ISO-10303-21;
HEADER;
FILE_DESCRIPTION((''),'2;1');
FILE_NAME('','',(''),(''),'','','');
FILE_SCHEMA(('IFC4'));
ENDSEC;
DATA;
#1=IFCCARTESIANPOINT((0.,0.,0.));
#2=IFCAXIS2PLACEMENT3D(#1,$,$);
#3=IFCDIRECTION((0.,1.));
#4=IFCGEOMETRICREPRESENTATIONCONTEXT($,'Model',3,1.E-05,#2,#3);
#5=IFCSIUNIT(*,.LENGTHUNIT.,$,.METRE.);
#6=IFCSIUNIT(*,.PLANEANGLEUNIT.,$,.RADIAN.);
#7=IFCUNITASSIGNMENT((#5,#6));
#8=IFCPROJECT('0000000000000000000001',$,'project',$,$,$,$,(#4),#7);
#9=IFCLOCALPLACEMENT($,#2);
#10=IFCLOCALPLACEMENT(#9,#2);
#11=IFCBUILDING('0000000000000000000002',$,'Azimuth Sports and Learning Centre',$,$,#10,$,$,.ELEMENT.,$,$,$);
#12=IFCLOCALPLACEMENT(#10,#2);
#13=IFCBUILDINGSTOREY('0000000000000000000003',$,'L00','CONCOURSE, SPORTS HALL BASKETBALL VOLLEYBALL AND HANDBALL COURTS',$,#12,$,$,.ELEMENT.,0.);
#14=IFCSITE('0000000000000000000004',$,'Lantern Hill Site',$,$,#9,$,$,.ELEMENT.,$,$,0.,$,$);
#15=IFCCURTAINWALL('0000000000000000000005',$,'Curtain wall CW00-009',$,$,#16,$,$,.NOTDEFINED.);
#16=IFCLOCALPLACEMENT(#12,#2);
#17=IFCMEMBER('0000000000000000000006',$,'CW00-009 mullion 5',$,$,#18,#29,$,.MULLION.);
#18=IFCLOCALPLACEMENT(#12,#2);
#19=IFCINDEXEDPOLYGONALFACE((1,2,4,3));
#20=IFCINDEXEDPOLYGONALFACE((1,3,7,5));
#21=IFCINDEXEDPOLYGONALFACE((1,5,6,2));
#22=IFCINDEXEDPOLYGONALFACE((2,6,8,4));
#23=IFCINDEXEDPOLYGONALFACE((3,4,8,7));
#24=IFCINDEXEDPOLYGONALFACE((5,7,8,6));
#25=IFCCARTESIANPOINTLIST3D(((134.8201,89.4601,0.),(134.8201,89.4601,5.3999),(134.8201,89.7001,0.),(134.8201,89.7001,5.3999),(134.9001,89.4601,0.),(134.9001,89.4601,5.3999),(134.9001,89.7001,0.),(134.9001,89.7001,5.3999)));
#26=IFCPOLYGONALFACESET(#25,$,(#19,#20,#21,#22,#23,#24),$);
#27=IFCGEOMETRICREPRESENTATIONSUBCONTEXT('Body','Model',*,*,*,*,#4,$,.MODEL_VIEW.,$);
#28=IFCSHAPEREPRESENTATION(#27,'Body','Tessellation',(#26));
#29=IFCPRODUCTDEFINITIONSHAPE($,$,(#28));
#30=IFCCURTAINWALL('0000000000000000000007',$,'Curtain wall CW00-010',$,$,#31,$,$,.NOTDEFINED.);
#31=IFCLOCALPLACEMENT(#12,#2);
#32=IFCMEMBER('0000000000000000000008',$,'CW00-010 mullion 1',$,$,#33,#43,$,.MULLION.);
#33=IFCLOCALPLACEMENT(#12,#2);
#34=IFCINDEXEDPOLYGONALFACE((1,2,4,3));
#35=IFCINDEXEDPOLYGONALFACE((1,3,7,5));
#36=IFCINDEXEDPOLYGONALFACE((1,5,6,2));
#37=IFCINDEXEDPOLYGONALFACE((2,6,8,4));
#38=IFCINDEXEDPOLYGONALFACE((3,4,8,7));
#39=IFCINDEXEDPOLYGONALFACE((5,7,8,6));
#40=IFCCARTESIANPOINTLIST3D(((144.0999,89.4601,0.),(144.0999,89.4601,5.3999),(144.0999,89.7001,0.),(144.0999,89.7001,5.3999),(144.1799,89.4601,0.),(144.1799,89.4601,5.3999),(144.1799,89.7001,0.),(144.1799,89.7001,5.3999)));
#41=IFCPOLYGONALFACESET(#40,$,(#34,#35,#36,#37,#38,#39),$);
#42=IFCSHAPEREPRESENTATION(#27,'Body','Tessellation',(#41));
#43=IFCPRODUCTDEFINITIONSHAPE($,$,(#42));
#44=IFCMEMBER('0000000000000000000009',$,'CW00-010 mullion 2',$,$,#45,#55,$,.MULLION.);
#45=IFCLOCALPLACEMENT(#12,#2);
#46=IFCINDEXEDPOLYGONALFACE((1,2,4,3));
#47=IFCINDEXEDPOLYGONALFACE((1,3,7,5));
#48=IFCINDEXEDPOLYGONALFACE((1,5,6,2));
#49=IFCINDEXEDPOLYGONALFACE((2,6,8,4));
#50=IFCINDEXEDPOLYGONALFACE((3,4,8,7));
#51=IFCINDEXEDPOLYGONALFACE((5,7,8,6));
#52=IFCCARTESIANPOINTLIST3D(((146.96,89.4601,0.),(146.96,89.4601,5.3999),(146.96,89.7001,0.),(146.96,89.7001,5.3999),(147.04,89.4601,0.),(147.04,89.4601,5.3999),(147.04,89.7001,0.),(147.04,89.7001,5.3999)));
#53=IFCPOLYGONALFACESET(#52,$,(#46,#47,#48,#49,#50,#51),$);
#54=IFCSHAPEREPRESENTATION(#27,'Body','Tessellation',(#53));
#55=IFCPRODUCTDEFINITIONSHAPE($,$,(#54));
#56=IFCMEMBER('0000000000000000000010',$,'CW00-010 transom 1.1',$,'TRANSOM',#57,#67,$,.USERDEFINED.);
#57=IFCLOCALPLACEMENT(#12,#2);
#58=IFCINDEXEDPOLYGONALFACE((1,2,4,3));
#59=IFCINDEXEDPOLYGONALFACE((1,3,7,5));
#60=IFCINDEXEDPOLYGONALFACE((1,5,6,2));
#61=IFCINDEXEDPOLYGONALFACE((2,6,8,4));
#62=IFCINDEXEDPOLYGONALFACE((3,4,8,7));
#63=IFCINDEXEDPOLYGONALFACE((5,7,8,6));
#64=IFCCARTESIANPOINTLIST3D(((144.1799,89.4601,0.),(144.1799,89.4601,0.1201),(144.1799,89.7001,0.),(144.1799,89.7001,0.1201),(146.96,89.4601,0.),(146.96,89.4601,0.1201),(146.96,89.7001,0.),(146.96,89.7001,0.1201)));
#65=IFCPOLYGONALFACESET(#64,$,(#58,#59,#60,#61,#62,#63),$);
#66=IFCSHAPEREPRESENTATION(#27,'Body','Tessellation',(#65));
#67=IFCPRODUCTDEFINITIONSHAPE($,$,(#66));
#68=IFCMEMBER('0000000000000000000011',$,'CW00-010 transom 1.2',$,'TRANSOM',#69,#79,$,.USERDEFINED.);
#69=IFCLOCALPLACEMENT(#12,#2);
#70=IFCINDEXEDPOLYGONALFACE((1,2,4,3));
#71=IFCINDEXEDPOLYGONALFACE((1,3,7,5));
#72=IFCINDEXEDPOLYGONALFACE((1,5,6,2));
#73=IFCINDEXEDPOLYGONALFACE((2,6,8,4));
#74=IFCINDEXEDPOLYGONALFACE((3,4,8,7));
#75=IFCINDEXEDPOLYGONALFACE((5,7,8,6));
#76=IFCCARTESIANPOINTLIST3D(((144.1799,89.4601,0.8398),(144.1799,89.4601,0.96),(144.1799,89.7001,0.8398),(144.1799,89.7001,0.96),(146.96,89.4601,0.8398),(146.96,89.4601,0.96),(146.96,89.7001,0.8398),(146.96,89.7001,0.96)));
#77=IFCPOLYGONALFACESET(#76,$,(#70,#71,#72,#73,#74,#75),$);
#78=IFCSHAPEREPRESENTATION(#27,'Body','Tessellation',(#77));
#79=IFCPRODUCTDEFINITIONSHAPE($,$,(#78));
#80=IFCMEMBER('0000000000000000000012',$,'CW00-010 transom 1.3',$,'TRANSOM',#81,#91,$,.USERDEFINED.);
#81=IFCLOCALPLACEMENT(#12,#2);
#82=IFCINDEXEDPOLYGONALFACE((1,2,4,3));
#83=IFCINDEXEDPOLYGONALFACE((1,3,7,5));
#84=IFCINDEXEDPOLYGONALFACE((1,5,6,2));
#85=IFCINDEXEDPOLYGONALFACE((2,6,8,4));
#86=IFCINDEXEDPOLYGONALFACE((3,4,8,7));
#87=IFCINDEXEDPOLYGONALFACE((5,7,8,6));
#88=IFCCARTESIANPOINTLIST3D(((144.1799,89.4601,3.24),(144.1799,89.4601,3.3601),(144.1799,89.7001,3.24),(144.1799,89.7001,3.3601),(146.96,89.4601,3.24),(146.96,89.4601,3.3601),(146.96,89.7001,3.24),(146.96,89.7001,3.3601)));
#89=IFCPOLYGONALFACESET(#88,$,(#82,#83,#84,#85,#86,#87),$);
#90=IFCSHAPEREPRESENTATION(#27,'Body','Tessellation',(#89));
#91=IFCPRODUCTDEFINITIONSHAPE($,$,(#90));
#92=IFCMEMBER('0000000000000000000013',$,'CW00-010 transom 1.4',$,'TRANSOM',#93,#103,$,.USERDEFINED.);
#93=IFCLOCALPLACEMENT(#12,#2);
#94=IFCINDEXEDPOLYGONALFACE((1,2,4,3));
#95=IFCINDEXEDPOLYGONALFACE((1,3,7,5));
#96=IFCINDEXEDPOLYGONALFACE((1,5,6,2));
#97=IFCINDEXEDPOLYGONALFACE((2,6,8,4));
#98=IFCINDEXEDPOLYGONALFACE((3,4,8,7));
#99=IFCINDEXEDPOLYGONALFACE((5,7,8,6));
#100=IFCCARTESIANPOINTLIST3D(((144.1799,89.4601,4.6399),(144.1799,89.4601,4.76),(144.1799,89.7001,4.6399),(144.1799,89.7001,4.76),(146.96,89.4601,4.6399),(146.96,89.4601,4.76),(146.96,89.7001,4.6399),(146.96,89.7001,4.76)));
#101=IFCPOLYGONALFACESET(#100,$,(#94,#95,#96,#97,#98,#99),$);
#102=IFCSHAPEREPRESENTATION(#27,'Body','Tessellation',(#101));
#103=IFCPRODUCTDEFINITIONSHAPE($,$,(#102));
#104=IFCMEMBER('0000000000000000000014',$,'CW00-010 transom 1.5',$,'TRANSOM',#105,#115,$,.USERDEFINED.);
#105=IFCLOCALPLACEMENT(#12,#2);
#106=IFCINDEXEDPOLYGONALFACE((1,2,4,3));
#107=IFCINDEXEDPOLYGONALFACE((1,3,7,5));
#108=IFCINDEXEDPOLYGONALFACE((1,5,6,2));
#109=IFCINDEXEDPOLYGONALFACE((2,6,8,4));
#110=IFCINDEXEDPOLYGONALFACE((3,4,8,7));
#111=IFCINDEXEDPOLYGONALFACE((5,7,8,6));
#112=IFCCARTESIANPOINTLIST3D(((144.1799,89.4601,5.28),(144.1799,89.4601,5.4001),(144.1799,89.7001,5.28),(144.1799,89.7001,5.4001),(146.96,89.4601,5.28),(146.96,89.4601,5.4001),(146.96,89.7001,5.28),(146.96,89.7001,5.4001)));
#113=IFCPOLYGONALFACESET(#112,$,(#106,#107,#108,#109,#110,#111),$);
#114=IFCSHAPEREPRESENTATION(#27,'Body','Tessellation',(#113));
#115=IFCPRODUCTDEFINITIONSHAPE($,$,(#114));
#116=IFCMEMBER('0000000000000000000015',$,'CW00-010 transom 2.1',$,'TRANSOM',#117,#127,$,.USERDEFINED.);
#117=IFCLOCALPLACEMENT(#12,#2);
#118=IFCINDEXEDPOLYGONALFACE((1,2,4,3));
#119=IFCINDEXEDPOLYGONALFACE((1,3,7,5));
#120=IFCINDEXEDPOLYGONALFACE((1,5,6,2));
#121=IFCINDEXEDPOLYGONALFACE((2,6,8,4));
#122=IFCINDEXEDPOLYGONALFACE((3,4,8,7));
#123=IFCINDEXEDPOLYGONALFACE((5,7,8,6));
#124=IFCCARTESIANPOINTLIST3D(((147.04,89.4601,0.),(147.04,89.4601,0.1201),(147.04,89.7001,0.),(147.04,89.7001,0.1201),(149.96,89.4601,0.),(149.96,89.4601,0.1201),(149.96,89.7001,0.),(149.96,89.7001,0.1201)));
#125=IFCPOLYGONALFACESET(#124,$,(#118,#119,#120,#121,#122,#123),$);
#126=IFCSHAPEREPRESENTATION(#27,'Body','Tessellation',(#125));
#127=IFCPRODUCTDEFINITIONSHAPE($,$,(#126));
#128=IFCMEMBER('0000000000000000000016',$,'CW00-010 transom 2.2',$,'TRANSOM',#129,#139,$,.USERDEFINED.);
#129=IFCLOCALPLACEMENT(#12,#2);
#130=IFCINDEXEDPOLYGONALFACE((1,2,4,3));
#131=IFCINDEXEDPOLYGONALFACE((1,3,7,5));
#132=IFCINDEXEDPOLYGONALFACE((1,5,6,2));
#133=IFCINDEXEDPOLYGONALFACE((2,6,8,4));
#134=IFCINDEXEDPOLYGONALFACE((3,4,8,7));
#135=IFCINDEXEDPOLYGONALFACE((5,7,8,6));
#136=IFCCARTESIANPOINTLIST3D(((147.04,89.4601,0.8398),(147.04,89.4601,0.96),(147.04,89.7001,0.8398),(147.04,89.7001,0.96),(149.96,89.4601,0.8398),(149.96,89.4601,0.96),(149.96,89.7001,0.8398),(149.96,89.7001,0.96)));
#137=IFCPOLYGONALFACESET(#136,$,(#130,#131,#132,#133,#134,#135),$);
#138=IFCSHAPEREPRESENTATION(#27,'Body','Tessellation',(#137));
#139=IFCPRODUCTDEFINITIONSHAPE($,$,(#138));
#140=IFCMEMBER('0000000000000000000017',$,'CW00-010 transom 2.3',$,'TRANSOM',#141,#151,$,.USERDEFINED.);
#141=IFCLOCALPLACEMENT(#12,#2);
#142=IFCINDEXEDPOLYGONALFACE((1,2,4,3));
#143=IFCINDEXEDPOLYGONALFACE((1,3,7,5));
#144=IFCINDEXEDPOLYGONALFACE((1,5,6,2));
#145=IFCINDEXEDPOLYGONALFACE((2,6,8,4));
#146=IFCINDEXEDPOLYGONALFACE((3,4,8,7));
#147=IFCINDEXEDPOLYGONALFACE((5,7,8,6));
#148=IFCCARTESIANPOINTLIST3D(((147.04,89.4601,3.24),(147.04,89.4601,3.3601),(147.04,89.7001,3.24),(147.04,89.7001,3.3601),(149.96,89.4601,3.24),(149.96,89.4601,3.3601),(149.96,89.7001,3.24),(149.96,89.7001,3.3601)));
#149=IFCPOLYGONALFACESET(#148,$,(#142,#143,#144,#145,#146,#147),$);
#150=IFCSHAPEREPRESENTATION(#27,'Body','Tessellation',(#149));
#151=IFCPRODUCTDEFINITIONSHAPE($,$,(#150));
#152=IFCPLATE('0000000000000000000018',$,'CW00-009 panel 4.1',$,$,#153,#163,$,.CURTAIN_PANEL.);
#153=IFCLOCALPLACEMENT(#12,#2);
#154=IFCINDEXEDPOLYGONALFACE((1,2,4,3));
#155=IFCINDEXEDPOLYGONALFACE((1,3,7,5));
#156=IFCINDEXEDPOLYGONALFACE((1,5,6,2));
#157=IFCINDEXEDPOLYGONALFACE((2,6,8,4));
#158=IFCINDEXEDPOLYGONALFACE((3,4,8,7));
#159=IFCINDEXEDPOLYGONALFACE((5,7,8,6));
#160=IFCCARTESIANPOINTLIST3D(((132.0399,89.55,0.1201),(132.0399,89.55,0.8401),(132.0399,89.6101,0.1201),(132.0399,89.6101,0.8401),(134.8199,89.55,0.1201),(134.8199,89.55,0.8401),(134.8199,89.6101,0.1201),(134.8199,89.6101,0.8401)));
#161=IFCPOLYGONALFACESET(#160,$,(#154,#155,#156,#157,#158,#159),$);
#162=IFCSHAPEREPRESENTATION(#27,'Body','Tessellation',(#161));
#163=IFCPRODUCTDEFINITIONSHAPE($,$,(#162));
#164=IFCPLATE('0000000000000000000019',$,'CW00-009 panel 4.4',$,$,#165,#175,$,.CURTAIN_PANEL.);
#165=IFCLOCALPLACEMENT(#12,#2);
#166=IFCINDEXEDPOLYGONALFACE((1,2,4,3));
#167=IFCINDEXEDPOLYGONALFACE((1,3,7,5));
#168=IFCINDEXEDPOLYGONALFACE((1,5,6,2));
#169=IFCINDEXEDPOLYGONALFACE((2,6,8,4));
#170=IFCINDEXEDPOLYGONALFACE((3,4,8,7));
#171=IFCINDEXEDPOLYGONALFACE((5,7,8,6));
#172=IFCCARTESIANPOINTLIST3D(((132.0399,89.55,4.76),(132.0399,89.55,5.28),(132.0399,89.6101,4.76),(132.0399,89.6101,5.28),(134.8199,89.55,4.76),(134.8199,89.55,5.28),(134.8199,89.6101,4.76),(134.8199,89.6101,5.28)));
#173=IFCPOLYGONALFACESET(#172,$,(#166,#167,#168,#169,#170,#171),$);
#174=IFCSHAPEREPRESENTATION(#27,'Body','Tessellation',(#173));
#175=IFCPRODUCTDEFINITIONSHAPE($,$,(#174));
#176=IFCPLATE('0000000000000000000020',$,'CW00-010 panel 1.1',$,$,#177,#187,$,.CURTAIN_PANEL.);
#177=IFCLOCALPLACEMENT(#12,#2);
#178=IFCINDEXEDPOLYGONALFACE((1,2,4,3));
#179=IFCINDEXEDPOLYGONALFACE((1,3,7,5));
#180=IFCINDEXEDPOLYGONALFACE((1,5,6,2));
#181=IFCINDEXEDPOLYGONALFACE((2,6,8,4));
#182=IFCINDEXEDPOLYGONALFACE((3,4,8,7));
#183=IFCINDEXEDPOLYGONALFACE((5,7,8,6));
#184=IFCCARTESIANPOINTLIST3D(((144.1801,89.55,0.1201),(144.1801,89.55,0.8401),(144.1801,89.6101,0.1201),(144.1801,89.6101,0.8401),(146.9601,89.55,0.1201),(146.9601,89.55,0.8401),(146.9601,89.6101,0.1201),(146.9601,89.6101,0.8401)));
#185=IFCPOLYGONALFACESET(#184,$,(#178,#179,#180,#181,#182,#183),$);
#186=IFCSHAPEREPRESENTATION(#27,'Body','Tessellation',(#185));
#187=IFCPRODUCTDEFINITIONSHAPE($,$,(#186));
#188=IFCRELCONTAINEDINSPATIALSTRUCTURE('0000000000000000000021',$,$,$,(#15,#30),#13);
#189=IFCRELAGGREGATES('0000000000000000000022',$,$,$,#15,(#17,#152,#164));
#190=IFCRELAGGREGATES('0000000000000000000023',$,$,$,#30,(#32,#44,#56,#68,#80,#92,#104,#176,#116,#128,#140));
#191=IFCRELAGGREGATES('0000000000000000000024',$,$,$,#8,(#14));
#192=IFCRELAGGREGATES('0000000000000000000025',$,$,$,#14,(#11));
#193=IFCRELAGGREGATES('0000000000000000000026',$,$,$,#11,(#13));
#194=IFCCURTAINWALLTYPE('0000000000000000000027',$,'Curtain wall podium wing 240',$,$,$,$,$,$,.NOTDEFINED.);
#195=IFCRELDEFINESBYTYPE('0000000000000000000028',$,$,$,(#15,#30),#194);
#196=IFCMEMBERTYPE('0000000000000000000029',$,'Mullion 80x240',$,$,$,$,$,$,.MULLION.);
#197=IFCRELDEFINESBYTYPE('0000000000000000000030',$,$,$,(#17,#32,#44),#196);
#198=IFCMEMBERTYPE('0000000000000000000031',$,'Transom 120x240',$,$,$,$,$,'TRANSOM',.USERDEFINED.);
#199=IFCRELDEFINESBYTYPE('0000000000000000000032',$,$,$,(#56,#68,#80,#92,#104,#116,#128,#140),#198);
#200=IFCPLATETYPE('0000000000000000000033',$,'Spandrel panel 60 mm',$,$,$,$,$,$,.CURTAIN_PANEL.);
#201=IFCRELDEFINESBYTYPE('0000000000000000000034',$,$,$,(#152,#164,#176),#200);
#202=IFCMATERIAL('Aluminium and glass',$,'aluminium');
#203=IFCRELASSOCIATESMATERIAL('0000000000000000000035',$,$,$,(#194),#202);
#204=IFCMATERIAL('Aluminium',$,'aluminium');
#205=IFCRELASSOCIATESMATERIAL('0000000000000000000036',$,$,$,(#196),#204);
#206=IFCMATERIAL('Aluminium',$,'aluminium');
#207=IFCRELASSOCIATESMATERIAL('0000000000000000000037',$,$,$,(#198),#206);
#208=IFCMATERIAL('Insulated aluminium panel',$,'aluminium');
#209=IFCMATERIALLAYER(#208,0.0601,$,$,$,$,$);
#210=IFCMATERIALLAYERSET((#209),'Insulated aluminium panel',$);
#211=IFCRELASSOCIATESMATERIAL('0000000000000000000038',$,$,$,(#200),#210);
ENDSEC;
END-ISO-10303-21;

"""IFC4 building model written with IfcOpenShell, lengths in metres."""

from ifc_helpers import new_model, si_unit, direction, frame, origin, origin_2d, place, context, subcontext, project, spatial, rectangle, extrude, material, layer, layer_set, material_profile, profile_set, type_object, element, aggregate, save


model = new_model("IFC4")

# Units and contexts
model_context = context("Model", 3, precision=1e-05, world=origin(), true_north=direction((0.0, 1.0)))
body_context = subcontext(model_context, "Body", "Model", "MODEL_VIEW")
ifc_project = project(units=[si_unit("LENGTHUNIT", "METRE"), si_unit("PLANEANGLEUNIT", "RADIAN")], contexts=[model_context])

# Site, building, storey
site_placement = place(None, origin())
site = spatial("IfcSite", under=ifc_project, at=site_placement, Name="Lantern Hill Site", CompositionType="ELEMENT", RefElevation=0.0)
building_placement = place(site_placement, origin())
building = spatial("IfcBuilding", under=site, at=building_placement, Name="Azimuth Sports and Learning Centre", CompositionType="ELEMENT")
storey_placement = place(building_placement, origin())
storey = spatial("IfcBuildingStorey", under=building, at=storey_placement, Name="L00", Description="CONCOURSE, SPORTS HALL BASKETBALL VOLLEYBALL AND HANDBALL COURTS", CompositionType="ELEMENT", Elevation=0.0)

# Curtain wall, member
ifc_material_1 = material(Name="Aluminium and glass", Category="aluminium")
curtain_wall_type = type_object("IfcCurtainWallType", Name="Curtain wall podium wing 240", PredefinedType="NOTDEFINED", material=ifc_material_1)
curtain_wall_1_placement = place(storey_placement, origin())
curtain_wall_1 = element("IfcCurtainWall", 1, at=curtain_wall_1_placement, inside=storey, type_object=curtain_wall_type, Name="Curtain wall CW00-009", PredefinedType="NOTDEFINED")
ifc_material_2 = material(Name="Aluminium", Category="aluminium")
ifc_material_profile_1 = material_profile(ifc_material_2, rectangle(XDim=0.24, YDim=0.0801, at=origin_2d()), Name="Mullion 80x240")
ifc_profile_set_1 = profile_set([ifc_material_profile_1], Name="Aluminium")
member_type_1 = type_object("IfcMemberType", Name="Mullion 80x240", PredefinedType="MULLION", material=ifc_profile_set_1)
member_1_placement = place(storey_placement, frame((134.8601, 89.5801, 0.0), z_axis=(0.0, 0.0, 1.0), x_axis=(0.0, 1.0, 0.0)))
member_1 = element("IfcMember", 2, at=member_1_placement, type_object=member_type_1, Name="CW00-009 mullion 5", PredefinedType="MULLION", context=body_context, shape_type="SweptSolid", body=[
    extrude(rectangle(XDim=0.24, YDim=0.0801, at=origin_2d()), origin(), (0.0, 0.0, 1.0), 5.3999),
])

# Curtain wall, members
curtain_wall_2_placement = place(storey_placement, origin())
curtain_wall_2 = element("IfcCurtainWall", 3, at=curtain_wall_2_placement, inside=storey, type_object=curtain_wall_type, Name="Curtain wall CW00-010", PredefinedType="NOTDEFINED")
member_2_placement = place(storey_placement, frame((144.1399, 89.5801, 0.0), z_axis=(0.0, 0.0, 1.0), x_axis=(0.0, 1.0, 0.0)))
member_2 = element("IfcMember", 4, at=member_2_placement, type_object=member_type_1, Name="CW00-010 mullion 1", PredefinedType="MULLION", context=body_context, shape_type="SweptSolid", body=[
    extrude(rectangle(XDim=0.24, YDim=0.0801, at=origin_2d()), origin(), (0.0, 0.0, 1.0), 5.3999),
])
member_3_placement = place(storey_placement, frame((147.0, 89.5801, 0.0), z_axis=(0.0, 0.0, 1.0), x_axis=(0.0, 1.0, 0.0)))
member_3 = element("IfcMember", 5, at=member_3_placement, type_object=member_type_1, Name="CW00-010 mullion 2", PredefinedType="MULLION", context=body_context, shape_type="SweptSolid", body=[
    extrude(rectangle(XDim=0.24, YDim=0.0801, at=origin_2d()), origin(), (0.0, 0.0, 1.0), 5.3999),
])
ifc_material_3 = material(Name="Aluminium", Category="aluminium")
ifc_material_profile_2 = material_profile(ifc_material_3, rectangle(XDim=0.24, YDim=0.1201, at=origin_2d()), Name="Transom 120x240")
ifc_profile_set_2 = profile_set([ifc_material_profile_2], Name="Aluminium")
member_type_2 = type_object("IfcMemberType", Name="Transom 120x240", ElementType="TRANSOM", PredefinedType="USERDEFINED", material=ifc_profile_set_2)
member_4_placement = place(storey_placement, frame((144.1799, 89.5801, 0.0601), z_axis=(1.0, 0.0, 0.0), x_axis=(0.0, 1.0, 0.0)))
member_4 = element("IfcMember", 6, at=member_4_placement, type_object=member_type_2, Name="CW00-010 transom 1.1", ObjectType="TRANSOM", PredefinedType="USERDEFINED", context=body_context, shape_type="SweptSolid", body=[
    extrude(rectangle(XDim=0.24, YDim=0.1201, at=origin_2d()), origin(), (0.0, 0.0, 1.0), 2.78),
])
member_5_placement = place(storey_placement, frame((144.1799, 89.5801, 0.8999), z_axis=(1.0, 0.0, 0.0), x_axis=(0.0, 1.0, 0.0)))
member_5 = element("IfcMember", 7, at=member_5_placement, type_object=member_type_2, Name="CW00-010 transom 1.2", ObjectType="TRANSOM", PredefinedType="USERDEFINED", context=body_context, shape_type="SweptSolid", body=[
    extrude(rectangle(XDim=0.24, YDim=0.1201, at=origin_2d()), origin(), (0.0, 0.0, 1.0), 2.78),
])
member_6_placement = place(storey_placement, frame((144.1799, 89.5801, 3.3), z_axis=(1.0, 0.0, 0.0), x_axis=(0.0, 1.0, 0.0)))
member_6 = element("IfcMember", 8, at=member_6_placement, type_object=member_type_2, Name="CW00-010 transom 1.3", ObjectType="TRANSOM", PredefinedType="USERDEFINED", context=body_context, shape_type="SweptSolid", body=[
    extrude(rectangle(XDim=0.24, YDim=0.1201, at=origin_2d()), origin(), (0.0, 0.0, 1.0), 2.78),
])
member_7_placement = place(storey_placement, frame((144.1799, 89.5801, 4.7), z_axis=(1.0, 0.0, 0.0), x_axis=(0.0, 1.0, 0.0)))
member_7 = element("IfcMember", 9, at=member_7_placement, type_object=member_type_2, Name="CW00-010 transom 1.4", ObjectType="TRANSOM", PredefinedType="USERDEFINED", context=body_context, shape_type="SweptSolid", body=[
    extrude(rectangle(XDim=0.24, YDim=0.1201, at=origin_2d()), origin(), (0.0, 0.0, 1.0), 2.78),
])
member_8_placement = place(storey_placement, frame((144.1799, 89.5801, 5.3401), z_axis=(1.0, 0.0, 0.0), x_axis=(0.0, 1.0, 0.0)))
member_8 = element("IfcMember", 10, at=member_8_placement, type_object=member_type_2, Name="CW00-010 transom 1.5", ObjectType="TRANSOM", PredefinedType="USERDEFINED", context=body_context, shape_type="SweptSolid", body=[
    extrude(rectangle(XDim=0.24, YDim=0.1201, at=origin_2d()), origin(), (0.0, 0.0, 1.0), 2.78),
])
member_9_placement = place(storey_placement, frame((147.04, 89.5801, 0.0601), z_axis=(1.0, 0.0, 0.0), x_axis=(0.0, 1.0, 0.0)))
member_9 = element("IfcMember", 11, at=member_9_placement, type_object=member_type_2, Name="CW00-010 transom 2.1", ObjectType="TRANSOM", PredefinedType="USERDEFINED", context=body_context, shape_type="SweptSolid", body=[
    extrude(rectangle(XDim=0.24, YDim=0.1201, at=origin_2d()), origin(), (0.0, 0.0, 1.0), 2.9199),
])
member_10_placement = place(storey_placement, frame((147.04, 89.5801, 0.8999), z_axis=(1.0, 0.0, 0.0), x_axis=(0.0, 1.0, 0.0)))
member_10 = element("IfcMember", 12, at=member_10_placement, type_object=member_type_2, Name="CW00-010 transom 2.2", ObjectType="TRANSOM", PredefinedType="USERDEFINED", context=body_context, shape_type="SweptSolid", body=[
    extrude(rectangle(XDim=0.24, YDim=0.1201, at=origin_2d()), origin(), (0.0, 0.0, 1.0), 2.9199),
])
member_11_placement = place(storey_placement, frame((147.04, 89.5801, 3.3), z_axis=(1.0, 0.0, 0.0), x_axis=(0.0, 1.0, 0.0)))
member_11 = element("IfcMember", 13, at=member_11_placement, type_object=member_type_2, Name="CW00-010 transom 2.3", ObjectType="TRANSOM", PredefinedType="USERDEFINED", context=body_context, shape_type="SweptSolid", body=[
    extrude(rectangle(XDim=0.24, YDim=0.1201, at=origin_2d()), origin(), (0.0, 0.0, 1.0), 2.9199),
])

# Plates
ifc_material_4 = material(Name="Insulated aluminium panel", Category="aluminium")
ifc_layer_1 = layer(ifc_material_4, 0.0601)
ifc_layer_set_1 = layer_set([ifc_layer_1], Name="Insulated aluminium panel")
plate_type_1 = type_object("IfcPlateType", Name="Spandrel panel 60 mm", PredefinedType="CURTAIN_PANEL", material=ifc_layer_set_1)
plate_1_placement = place(storey_placement, frame((133.4299, 89.5801, 0.1201), z_axis=(0.0, 0.0, 1.0), x_axis=(1.0, 0.0, 0.0)))
plate_1 = element("IfcPlate", 14, at=plate_1_placement, type_object=plate_type_1, Name="CW00-009 panel 4.1", PredefinedType="CURTAIN_PANEL", context=body_context, shape_type="SweptSolid", body=[
    extrude(rectangle(XDim=2.78, YDim=0.0601, at=origin_2d()), origin(), (0.0, 0.0, 1.0), 0.72),
])
plate_2_placement = place(storey_placement, frame((133.4299, 89.5801, 4.76), z_axis=(0.0, 0.0, 1.0), x_axis=(1.0, 0.0, 0.0)))
plate_2 = element("IfcPlate", 15, at=plate_2_placement, type_object=plate_type_1, Name="CW00-009 panel 4.4", PredefinedType="CURTAIN_PANEL", context=body_context, shape_type="SweptSolid", body=[
    extrude(rectangle(XDim=2.78, YDim=0.0601, at=origin_2d()), origin(), (0.0, 0.0, 1.0), 0.52),
])
plate_3_placement = place(storey_placement, frame((145.5701, 89.5801, 0.1201), z_axis=(0.0, 0.0, 1.0), x_axis=(1.0, 0.0, 0.0)))
plate_3 = element("IfcPlate", 16, at=plate_3_placement, type_object=plate_type_1, Name="CW00-010 panel 1.1", PredefinedType="CURTAIN_PANEL", context=body_context, shape_type="SweptSolid", body=[
    extrude(rectangle(XDim=2.78, YDim=0.0601, at=origin_2d()), origin(), (0.0, 0.0, 1.0), 0.72),
])
aggregate(curtain_wall_1, [member_1, plate_1, plate_2])
aggregate(curtain_wall_2, [member_2, member_3, member_4, member_5, member_6, member_7, member_8, plate_3, member_9, member_10, member_11])

save(model, "model.ifc")
